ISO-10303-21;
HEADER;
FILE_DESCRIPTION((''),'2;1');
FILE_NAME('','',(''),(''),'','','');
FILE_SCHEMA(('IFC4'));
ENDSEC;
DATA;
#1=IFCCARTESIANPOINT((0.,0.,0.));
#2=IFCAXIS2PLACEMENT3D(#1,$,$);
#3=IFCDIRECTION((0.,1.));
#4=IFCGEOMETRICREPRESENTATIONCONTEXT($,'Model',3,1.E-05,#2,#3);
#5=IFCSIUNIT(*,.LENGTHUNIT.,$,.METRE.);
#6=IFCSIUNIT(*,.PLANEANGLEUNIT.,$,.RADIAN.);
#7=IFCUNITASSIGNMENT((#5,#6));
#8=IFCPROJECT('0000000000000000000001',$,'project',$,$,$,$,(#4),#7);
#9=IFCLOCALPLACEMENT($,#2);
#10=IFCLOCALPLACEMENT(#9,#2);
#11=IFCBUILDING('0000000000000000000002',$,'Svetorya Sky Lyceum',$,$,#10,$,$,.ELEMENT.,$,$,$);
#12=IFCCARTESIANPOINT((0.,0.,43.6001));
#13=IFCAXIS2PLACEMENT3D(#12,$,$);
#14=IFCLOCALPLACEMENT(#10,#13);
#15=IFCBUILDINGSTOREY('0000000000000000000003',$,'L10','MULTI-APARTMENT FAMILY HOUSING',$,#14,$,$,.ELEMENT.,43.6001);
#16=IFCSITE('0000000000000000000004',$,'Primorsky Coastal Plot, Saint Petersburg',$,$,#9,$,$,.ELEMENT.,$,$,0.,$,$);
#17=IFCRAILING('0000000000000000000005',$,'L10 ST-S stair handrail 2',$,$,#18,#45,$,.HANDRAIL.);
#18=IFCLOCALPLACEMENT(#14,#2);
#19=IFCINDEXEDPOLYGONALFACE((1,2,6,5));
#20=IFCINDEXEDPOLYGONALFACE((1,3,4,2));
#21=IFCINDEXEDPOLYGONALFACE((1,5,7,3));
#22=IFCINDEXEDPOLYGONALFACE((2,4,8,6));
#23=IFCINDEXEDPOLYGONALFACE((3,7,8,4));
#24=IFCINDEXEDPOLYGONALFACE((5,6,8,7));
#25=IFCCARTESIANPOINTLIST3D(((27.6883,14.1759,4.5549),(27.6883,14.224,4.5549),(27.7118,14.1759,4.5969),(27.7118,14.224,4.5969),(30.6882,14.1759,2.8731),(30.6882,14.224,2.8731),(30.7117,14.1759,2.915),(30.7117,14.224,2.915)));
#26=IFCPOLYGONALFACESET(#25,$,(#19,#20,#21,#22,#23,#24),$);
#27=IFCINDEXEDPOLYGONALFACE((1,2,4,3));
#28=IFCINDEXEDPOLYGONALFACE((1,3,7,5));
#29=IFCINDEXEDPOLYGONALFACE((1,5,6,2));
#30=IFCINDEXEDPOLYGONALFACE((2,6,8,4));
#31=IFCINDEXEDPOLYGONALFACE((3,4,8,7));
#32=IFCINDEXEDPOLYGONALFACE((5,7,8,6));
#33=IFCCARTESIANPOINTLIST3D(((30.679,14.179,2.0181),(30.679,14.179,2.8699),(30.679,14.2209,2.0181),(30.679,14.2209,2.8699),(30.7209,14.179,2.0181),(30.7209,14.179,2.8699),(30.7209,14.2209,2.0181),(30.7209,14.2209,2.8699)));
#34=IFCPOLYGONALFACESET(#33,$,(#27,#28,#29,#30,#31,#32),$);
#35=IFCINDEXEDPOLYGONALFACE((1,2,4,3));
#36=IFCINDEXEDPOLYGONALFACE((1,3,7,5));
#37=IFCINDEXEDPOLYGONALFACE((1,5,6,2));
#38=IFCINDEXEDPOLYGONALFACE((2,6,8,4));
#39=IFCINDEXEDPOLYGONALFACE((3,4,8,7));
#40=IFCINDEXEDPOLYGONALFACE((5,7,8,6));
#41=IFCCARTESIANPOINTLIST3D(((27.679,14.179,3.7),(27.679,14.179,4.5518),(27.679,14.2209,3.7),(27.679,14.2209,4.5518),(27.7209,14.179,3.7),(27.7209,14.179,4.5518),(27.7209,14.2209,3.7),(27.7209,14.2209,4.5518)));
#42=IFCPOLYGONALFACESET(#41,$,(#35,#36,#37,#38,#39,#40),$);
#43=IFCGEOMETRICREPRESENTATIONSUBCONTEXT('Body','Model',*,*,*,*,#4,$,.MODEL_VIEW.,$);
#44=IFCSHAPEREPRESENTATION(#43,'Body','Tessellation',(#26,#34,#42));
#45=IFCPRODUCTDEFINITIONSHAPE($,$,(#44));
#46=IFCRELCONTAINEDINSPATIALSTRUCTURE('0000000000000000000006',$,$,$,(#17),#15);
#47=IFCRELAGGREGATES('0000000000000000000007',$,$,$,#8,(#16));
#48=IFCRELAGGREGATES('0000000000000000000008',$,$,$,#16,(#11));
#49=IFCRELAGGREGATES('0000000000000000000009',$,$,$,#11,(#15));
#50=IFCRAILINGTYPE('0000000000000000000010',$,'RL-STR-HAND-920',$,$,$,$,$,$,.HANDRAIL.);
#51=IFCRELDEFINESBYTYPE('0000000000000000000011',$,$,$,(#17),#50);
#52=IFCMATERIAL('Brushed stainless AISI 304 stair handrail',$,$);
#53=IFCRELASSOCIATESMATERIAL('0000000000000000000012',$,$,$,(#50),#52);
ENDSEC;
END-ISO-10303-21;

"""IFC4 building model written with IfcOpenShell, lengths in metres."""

from ifc_helpers import new_model, si_unit, direction, frame, origin, origin_2d, place, context, subcontext, project, spatial, rectangle, extrude, material, type_object, element, save


model = new_model("IFC4")

# Units and contexts
model_context = context("Model", 3, precision=1e-05, world=origin(), true_north=direction((0.0, 1.0)))
body_context = subcontext(model_context, "Body", "Model", "MODEL_VIEW")
ifc_project = project(units=[si_unit("LENGTHUNIT", "METRE"), si_unit("PLANEANGLEUNIT", "RADIAN")], contexts=[model_context])

# Site, building, storey
site_placement = place(None, origin())
site = spatial("IfcSite", under=ifc_project, at=site_placement, Name="Primorsky Coastal Plot, Saint Petersburg", CompositionType="ELEMENT", RefElevation=0.0)
building_placement = place(site_placement, origin())
building = spatial("IfcBuilding", under=site, at=building_placement, Name="Svetorya Sky Lyceum", CompositionType="ELEMENT")
storey_placement = place(building_placement, frame((0.0, 0.0, 43.6001)))
storey = spatial("IfcBuildingStorey", under=building, at=storey_placement, Name="L10", Description="MULTI-APARTMENT FAMILY HOUSING", CompositionType="ELEMENT", Elevation=43.6001)

# Railing
ifc_material_1 = material(Name="Brushed stainless AISI 304 stair handrail")
railing_type_1 = type_object("IfcRailingType", Name="RL-STR-HAND-920", PredefinedType="HANDRAIL", material=ifc_material_1)
railing_1_placement = place(storey_placement, frame((30.7, 14.2, 2.0181)))
element("IfcRailing", 1, at=railing_1_placement, inside=storey, type_object=railing_type_1, Name="L10 ST-S stair handrail 2", PredefinedType="HANDRAIL", context=body_context, shape_type="SweptSolid", body=[
    extrude(rectangle(XDim=0.0481, YDim=0.0481, at=origin_2d()), frame((0.0, 0.0, 0.876), z_axis=(-0.872272, 0.0, 0.48902), x_axis=(0.0, -1.0, 0.0)), (0.0, 0.0, 1.0), 3.4392),
    extrude(rectangle(XDim=0.042, YDim=0.042, at=origin_2d()), origin(), (0.0, 0.0, 1.0), 0.8518),
    extrude(rectangle(XDim=0.042, YDim=0.042, at=origin_2d()), frame((-3.0, 0.0, 1.6819)), (0.0, 0.0, 1.0), 0.8518),
])

save(model, "model.ifc")
